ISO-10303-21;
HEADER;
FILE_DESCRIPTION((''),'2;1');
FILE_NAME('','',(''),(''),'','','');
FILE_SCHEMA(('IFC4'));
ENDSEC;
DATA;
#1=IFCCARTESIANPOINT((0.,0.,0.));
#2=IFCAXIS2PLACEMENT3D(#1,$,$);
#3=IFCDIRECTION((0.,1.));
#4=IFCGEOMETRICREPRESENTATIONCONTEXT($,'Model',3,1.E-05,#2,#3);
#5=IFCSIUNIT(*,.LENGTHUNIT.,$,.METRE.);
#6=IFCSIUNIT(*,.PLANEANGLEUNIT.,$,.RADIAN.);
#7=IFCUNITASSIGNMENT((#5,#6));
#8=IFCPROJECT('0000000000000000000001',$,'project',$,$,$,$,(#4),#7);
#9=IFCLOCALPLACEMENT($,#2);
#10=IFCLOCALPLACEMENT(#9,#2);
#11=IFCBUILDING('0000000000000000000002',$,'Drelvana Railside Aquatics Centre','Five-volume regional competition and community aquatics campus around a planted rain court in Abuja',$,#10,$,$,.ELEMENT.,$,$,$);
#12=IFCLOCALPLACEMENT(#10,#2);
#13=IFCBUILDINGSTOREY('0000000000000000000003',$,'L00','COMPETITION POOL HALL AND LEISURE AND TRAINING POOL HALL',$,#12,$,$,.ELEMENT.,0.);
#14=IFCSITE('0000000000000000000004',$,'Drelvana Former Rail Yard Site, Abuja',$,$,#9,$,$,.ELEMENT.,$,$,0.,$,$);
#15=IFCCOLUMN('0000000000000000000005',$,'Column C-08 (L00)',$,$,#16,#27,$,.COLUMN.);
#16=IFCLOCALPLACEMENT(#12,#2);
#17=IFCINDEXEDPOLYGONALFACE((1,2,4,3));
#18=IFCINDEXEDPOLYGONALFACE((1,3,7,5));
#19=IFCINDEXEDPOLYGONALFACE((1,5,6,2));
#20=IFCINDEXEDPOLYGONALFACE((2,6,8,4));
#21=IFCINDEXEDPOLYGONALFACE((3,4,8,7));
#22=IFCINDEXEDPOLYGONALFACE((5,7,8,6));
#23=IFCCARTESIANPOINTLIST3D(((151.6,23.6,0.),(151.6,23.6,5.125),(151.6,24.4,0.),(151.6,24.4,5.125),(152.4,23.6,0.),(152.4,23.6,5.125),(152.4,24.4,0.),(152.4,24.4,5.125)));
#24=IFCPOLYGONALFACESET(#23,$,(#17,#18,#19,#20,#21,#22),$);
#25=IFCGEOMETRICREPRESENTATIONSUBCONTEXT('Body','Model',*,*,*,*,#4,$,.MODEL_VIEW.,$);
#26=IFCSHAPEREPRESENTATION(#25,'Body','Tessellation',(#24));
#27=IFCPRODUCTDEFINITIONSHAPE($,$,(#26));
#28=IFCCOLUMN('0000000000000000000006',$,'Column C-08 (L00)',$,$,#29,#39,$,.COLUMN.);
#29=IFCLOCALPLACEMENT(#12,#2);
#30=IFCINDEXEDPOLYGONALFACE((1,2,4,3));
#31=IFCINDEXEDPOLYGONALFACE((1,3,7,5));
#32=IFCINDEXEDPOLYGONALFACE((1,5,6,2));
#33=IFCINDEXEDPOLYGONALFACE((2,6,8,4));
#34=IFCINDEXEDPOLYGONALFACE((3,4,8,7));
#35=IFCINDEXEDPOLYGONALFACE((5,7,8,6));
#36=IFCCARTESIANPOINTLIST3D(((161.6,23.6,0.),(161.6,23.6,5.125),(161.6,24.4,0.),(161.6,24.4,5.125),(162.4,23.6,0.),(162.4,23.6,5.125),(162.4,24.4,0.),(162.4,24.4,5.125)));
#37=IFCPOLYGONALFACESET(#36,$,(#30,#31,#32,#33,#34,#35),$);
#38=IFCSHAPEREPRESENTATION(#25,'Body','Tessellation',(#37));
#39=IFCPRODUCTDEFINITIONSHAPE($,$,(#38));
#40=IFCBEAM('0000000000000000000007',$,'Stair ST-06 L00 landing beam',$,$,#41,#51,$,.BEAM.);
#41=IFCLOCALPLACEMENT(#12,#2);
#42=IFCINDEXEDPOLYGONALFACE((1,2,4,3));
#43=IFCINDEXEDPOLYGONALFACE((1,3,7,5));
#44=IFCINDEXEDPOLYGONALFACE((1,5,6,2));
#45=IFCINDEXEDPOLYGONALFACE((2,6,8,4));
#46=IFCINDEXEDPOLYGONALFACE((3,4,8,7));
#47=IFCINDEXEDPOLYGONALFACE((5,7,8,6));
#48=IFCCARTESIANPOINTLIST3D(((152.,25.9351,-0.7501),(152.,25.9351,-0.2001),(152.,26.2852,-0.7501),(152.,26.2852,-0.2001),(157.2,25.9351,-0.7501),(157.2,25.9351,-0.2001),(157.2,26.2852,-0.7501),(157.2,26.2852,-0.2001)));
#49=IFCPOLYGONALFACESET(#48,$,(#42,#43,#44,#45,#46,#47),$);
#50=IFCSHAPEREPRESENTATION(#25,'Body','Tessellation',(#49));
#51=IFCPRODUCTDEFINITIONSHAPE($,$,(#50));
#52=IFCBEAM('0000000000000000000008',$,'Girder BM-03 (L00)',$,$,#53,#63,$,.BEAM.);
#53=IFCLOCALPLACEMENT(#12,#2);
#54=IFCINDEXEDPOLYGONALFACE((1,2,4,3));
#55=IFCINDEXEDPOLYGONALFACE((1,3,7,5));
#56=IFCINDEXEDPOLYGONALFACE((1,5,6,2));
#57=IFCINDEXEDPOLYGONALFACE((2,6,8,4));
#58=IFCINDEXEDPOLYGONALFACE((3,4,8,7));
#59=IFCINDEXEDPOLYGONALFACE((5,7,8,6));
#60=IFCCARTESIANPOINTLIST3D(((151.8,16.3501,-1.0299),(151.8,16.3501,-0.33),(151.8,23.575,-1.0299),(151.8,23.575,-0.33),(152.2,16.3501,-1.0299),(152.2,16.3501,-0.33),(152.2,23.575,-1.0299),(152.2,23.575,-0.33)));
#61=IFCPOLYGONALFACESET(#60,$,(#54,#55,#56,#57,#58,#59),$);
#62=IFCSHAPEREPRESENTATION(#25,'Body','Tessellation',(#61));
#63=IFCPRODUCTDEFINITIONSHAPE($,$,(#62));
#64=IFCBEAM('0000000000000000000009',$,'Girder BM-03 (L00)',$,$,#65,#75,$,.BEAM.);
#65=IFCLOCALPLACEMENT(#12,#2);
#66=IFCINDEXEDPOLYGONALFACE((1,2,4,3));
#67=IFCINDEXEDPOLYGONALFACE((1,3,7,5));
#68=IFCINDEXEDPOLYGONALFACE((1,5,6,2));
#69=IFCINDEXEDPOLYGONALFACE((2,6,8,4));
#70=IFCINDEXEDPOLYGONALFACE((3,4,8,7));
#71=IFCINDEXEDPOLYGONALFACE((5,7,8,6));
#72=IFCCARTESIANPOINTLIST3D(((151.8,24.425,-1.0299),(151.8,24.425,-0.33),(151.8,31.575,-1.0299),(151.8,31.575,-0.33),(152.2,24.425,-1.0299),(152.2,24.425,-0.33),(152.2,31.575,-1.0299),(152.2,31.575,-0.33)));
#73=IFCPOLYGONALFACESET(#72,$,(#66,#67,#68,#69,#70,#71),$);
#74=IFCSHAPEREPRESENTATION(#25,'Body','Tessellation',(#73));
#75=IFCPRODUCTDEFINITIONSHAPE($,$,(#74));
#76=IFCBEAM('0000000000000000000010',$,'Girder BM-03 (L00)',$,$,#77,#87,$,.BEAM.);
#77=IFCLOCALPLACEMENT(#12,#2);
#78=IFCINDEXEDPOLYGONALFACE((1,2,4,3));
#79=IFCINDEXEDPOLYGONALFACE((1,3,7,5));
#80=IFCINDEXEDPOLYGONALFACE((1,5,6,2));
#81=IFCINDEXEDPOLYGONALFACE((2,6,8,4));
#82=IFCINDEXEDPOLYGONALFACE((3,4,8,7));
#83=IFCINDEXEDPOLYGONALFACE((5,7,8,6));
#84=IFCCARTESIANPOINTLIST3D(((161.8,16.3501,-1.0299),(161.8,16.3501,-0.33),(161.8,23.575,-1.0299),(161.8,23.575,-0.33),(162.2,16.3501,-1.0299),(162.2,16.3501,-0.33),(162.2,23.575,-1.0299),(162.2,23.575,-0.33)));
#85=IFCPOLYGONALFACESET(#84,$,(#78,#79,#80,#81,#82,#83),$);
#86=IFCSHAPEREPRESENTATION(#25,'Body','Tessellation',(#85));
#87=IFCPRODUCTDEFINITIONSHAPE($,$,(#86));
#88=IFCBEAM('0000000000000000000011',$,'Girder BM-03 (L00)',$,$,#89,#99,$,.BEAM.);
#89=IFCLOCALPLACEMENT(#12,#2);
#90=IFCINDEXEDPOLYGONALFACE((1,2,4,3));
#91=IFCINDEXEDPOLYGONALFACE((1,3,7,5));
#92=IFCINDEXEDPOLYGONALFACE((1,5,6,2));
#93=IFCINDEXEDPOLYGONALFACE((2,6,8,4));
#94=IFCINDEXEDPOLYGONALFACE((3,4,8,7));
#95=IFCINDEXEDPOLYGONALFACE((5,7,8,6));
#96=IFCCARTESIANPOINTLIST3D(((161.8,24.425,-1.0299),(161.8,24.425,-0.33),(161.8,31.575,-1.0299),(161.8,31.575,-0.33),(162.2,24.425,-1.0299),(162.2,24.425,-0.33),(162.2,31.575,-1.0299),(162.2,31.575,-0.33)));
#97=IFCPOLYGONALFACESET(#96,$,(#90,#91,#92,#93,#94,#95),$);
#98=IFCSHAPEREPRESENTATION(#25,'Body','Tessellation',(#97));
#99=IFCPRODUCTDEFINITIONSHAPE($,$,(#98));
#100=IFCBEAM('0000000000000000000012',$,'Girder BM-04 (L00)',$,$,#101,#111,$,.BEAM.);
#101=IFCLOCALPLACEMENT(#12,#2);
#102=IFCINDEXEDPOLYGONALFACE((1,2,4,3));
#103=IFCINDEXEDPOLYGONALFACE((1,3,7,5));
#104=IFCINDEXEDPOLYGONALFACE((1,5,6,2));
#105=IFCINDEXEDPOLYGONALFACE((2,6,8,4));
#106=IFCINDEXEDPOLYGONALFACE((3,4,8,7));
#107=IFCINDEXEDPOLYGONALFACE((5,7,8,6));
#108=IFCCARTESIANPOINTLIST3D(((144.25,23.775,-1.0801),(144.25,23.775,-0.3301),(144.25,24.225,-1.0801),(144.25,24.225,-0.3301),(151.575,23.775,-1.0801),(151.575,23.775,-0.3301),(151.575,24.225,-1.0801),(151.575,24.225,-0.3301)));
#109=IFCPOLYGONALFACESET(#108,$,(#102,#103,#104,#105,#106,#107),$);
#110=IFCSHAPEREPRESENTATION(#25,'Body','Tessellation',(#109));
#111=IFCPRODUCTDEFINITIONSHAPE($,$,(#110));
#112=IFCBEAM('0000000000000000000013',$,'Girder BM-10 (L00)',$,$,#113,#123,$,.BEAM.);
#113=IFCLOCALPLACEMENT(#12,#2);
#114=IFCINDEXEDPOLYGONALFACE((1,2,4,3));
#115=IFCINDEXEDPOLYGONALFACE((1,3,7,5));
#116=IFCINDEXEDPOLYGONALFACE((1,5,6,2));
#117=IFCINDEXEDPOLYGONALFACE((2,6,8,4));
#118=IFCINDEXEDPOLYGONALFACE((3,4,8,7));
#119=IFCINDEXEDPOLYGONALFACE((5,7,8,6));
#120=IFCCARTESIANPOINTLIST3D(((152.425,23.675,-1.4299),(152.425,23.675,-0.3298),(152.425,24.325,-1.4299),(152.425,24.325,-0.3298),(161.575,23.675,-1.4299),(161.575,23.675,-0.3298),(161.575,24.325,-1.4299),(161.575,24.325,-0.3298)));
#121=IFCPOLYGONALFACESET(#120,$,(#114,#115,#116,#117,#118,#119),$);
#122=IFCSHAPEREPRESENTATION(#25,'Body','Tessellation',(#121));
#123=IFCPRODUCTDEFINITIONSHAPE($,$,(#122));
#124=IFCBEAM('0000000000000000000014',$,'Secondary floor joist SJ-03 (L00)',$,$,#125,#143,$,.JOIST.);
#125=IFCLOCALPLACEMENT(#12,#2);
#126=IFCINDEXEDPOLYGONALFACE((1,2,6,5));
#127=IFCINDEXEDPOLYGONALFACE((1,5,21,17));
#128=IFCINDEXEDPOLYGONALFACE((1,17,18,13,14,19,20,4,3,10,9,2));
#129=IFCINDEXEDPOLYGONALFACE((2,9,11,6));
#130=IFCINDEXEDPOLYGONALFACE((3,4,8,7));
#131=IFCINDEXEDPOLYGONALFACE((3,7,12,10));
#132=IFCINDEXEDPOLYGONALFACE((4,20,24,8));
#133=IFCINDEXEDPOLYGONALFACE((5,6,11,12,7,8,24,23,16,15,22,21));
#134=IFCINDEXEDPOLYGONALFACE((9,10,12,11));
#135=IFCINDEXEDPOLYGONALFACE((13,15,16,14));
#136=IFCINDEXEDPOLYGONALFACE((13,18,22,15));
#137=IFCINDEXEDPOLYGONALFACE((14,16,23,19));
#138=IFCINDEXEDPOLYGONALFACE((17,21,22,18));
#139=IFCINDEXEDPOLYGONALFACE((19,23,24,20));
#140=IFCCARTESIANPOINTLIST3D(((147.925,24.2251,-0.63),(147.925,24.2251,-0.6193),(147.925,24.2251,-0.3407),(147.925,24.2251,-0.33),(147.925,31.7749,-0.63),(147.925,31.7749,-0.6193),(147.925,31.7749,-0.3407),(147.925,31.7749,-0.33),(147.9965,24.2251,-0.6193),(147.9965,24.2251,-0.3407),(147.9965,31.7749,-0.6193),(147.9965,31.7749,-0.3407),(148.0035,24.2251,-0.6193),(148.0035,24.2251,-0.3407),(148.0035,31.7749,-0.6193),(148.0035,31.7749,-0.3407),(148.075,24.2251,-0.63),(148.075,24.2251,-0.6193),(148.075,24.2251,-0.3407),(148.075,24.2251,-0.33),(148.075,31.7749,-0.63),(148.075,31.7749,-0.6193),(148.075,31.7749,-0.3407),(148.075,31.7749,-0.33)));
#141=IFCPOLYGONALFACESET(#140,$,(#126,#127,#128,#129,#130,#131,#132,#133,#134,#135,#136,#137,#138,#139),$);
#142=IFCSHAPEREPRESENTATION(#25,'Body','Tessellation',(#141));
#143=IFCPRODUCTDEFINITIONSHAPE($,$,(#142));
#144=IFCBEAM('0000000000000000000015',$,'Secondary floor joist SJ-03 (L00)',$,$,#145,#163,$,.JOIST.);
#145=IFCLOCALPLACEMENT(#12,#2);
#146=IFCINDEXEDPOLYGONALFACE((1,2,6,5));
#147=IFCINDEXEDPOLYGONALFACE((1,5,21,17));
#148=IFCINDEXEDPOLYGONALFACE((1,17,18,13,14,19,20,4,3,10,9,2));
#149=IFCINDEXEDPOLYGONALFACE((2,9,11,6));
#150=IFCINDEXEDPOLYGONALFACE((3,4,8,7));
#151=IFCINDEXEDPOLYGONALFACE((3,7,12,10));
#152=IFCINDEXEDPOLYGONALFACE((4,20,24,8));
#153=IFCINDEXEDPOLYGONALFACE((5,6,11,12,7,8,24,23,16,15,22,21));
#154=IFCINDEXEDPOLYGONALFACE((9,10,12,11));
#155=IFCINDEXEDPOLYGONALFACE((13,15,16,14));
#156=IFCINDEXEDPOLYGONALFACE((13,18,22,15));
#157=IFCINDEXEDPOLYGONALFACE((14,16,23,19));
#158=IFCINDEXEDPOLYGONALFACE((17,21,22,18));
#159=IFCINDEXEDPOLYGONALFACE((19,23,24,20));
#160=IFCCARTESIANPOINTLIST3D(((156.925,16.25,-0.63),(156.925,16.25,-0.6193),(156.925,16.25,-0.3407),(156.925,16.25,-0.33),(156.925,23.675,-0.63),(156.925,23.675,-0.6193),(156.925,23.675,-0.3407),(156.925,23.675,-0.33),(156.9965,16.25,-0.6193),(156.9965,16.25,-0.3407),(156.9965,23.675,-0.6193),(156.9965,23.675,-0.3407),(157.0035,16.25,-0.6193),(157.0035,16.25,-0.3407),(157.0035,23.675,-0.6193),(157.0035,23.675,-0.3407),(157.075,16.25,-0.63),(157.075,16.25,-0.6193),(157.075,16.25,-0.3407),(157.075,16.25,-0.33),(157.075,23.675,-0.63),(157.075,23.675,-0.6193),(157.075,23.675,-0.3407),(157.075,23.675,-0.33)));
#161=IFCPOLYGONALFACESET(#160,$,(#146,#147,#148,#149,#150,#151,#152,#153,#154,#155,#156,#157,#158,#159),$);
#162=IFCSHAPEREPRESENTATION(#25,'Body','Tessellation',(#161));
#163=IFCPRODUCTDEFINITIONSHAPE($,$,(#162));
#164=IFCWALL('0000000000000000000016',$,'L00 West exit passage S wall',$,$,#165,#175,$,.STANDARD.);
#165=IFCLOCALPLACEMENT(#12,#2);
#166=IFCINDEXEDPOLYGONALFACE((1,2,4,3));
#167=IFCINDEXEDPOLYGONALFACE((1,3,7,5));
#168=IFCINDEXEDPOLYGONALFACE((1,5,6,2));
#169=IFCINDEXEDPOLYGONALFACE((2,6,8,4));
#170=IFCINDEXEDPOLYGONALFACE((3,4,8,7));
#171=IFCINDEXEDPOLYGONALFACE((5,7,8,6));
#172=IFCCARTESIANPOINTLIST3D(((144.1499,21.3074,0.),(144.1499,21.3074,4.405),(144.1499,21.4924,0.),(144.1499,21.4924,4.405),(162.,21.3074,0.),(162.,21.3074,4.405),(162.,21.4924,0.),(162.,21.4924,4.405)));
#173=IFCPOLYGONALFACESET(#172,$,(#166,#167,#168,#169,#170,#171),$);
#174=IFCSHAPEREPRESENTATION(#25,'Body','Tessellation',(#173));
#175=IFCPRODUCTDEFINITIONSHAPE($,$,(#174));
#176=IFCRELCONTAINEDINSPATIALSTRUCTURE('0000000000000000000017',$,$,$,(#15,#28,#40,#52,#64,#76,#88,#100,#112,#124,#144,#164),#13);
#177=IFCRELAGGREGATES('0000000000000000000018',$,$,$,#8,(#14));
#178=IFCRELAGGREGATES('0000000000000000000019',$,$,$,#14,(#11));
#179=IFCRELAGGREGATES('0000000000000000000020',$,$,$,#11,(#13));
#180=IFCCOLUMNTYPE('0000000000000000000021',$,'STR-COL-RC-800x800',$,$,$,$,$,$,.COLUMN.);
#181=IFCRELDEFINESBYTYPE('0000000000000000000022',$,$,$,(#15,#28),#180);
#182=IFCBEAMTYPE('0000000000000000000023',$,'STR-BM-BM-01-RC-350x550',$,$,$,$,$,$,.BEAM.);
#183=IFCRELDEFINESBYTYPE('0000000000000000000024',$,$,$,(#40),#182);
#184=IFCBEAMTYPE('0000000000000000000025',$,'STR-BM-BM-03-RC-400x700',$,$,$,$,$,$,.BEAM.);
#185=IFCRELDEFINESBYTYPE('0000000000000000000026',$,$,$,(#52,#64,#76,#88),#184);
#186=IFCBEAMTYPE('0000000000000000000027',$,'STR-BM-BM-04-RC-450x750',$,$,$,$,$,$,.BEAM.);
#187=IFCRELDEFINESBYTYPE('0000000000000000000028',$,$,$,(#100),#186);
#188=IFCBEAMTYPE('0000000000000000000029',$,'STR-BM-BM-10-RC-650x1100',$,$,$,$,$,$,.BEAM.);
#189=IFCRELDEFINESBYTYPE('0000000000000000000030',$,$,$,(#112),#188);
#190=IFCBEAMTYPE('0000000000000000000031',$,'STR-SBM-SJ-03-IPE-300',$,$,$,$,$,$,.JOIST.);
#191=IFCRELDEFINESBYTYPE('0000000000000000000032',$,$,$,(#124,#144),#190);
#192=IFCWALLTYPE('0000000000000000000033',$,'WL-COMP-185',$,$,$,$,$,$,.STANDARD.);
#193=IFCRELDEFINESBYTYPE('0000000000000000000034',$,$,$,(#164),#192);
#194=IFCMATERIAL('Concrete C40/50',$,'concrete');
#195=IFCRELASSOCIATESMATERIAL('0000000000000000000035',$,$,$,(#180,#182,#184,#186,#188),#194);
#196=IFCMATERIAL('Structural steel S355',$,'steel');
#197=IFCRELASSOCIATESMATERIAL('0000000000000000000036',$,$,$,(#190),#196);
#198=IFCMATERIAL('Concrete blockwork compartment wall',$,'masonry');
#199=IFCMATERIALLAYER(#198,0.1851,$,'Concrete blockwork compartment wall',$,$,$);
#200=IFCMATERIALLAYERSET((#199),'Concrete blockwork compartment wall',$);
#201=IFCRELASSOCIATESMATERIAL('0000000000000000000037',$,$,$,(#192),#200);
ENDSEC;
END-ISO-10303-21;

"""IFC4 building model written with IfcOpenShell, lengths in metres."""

from ifc_helpers import new_model, si_unit, direction, frame, frame_2d, origin, origin_2d, place, context, subcontext, project, spatial, rectangle, i_section, extrude, material, layer, layer_set, material_profile, profile_set, type_object, element, save


model = new_model("IFC4")

# Units and contexts
model_context = context("Model", 3, precision=1e-05, world=origin(), true_north=direction((0.0, 1.0)))
body_context = subcontext(model_context, "Body", "Model", "MODEL_VIEW")
ifc_project = project(units=[si_unit("LENGTHUNIT", "METRE"), si_unit("PLANEANGLEUNIT", "RADIAN")], contexts=[model_context])

# Site, building, storey
site_placement = place(None, origin())
site = spatial("IfcSite", under=ifc_project, at=site_placement, Name="Drelvana Former Rail Yard Site, Abuja", CompositionType="ELEMENT", RefElevation=0.0)
building_placement = place(site_placement, origin())
building = spatial("IfcBuilding", under=site, at=building_placement, Name="Drelvana Railside Aquatics Centre", Description="Five-volume regional competition and community aquatics campus around a planted rain court in Abuja", CompositionType="ELEMENT")
storey_placement = place(building_placement, origin())
storey = spatial("IfcBuildingStorey", under=building, at=storey_placement, Name="L00", Description="COMPETITION POOL HALL AND LEISURE AND TRAINING POOL HALL", CompositionType="ELEMENT", Elevation=0.0)

# Columns
ifc_material_1 = material(Name="Concrete C40/50", Category="concrete")
ifc_material_profile_1 = material_profile(ifc_material_1, rectangle(XDim=0.8, YDim=0.8, at=origin_2d()), Name="RC 800x800")
ifc_profile_set_1 = profile_set([ifc_material_profile_1], Name="Concrete C40/50")
column_type = type_object("IfcColumnType", Name="STR-COL-RC-800x800", PredefinedType="COLUMN", material=ifc_profile_set_1)
for number, where, z_axis, x_axis, name in (
    (1, (152.0, 24.0, 0.0), (0.0, 0.0, 1.0), (1.0, 0.0, 0.0), "Column C-08 (L00)"),
    (2, (162.0, 24.0, 0.0), (0.0, 0.0, 1.0), (1.0, 0.0, 0.0), "Column C-08 (L00)"),
):
    element("IfcColumn", number, at=place(storey_placement, frame(where, z_axis=z_axis, x_axis=x_axis)), inside=storey, type_object=column_type, Name=name, PredefinedType="COLUMN", context=body_context, shape_type="SweptSolid", body=[
        extrude(rectangle(XDim=0.8, YDim=0.8, at=origin_2d()), origin(), (0.0, 0.0, 1.0), 5.125),
    ])

# Beams
ifc_material_profile_2 = material_profile(ifc_material_1, rectangle(XDim=0.3501, YDim=0.55, at=origin_2d()), Name="RC 350x550")
ifc_profile_set_2 = profile_set([ifc_material_profile_2], Name="Concrete C40/50")
beam_type_1 = type_object("IfcBeamType", Name="STR-BM-BM-01-RC-350x550", PredefinedType="BEAM", material=ifc_profile_set_2)
beam_1_placement = place(storey_placement, frame((152.0, 26.1101, -0.4751), z_axis=(1.0, 0.0, 0.0), x_axis=(0.0, 1.0, 0.0)))
element("IfcBeam", 3, at=beam_1_placement, inside=storey, type_object=beam_type_1, Name="Stair ST-06 L00 landing beam", PredefinedType="BEAM", context=body_context, shape_type="SweptSolid", body=[
    extrude(rectangle(XDim=0.3501, YDim=0.55, at=origin_2d()), origin(), (0.0, 0.0, 1.0), 5.2),
])
ifc_material_profile_3 = material_profile(ifc_material_1, rectangle(XDim=0.3999, YDim=0.7, at=origin_2d()), Name="RC 400x700")
ifc_profile_set_3 = profile_set([ifc_material_profile_3], Name="Concrete C40/50")
beam_type_2 = type_object("IfcBeamType", Name="STR-BM-BM-03-RC-400x700", PredefinedType="BEAM", material=ifc_profile_set_3)
beam_2_placement = place(storey_placement, frame((152.0, 16.3501, -0.6799), z_axis=(0.0, 1.0, 0.0), x_axis=(-1.0, 0.0, 0.0)))
element("IfcBeam", 4, at=beam_2_placement, inside=storey, type_object=beam_type_2, Name="Girder BM-03 (L00)", PredefinedType="BEAM", context=body_context, shape_type="SweptSolid", body=[
    extrude(rectangle(XDim=0.3999, YDim=0.7, at=origin_2d()), origin(), (0.0, 0.0, 1.0), 7.2249),
])
beam_3_placement = place(storey_placement, frame((152.0, 24.425, -0.6799), z_axis=(0.0, 1.0, 0.0), x_axis=(-1.0, 0.0, 0.0)))
element("IfcBeam", 5, at=beam_3_placement, inside=storey, type_object=beam_type_2, Name="Girder BM-03 (L00)", PredefinedType="BEAM", context=body_context, shape_type="SweptSolid", body=[
    extrude(rectangle(XDim=0.3999, YDim=0.7, at=origin_2d()), origin(), (0.0, 0.0, 1.0), 7.1499),
])
beam_4_placement = place(storey_placement, frame((162.0, 16.3501, -0.6799), z_axis=(0.0, 1.0, 0.0), x_axis=(-1.0, 0.0, 0.0)))
element("IfcBeam", 6, at=beam_4_placement, inside=storey, type_object=beam_type_2, Name="Girder BM-03 (L00)", PredefinedType="BEAM", context=body_context, shape_type="SweptSolid", body=[
    extrude(rectangle(XDim=0.3999, YDim=0.7, at=origin_2d()), origin(), (0.0, 0.0, 1.0), 7.2249),
])
beam_5_placement = place(storey_placement, frame((162.0, 24.425, -0.6799), z_axis=(0.0, 1.0, 0.0), x_axis=(-1.0, 0.0, 0.0)))
element("IfcBeam", 7, at=beam_5_placement, inside=storey, type_object=beam_type_2, Name="Girder BM-03 (L00)", PredefinedType="BEAM", context=body_context, shape_type="SweptSolid", body=[
    extrude(rectangle(XDim=0.3999, YDim=0.7, at=origin_2d()), origin(), (0.0, 0.0, 1.0), 7.1499),
])
ifc_material_profile_4 = material_profile(ifc_material_1, rectangle(XDim=0.45, YDim=0.75, at=origin_2d()), Name="RC 450x750")
ifc_profile_set_4 = profile_set([ifc_material_profile_4], Name="Concrete C40/50")
beam_type_3 = type_object("IfcBeamType", Name="STR-BM-BM-04-RC-450x750", PredefinedType="BEAM", material=ifc_profile_set_4)
beam_6_placement = place(storey_placement, frame((144.25, 24.0, -0.7051), z_axis=(1.0, 0.0, 0.0), x_axis=(0.0, 1.0, 0.0)))
element("IfcBeam", 8, at=beam_6_placement, inside=storey, type_object=beam_type_3, Name="Girder BM-04 (L00)", PredefinedType="BEAM", context=body_context, shape_type="SweptSolid", body=[
    extrude(rectangle(XDim=0.45, YDim=0.75, at=origin_2d()), origin(), (0.0, 0.0, 1.0), 7.325),
])
ifc_material_profile_5 = material_profile(ifc_material_1, rectangle(XDim=0.6499, YDim=1.1001, at=origin_2d()), Name="RC 650x1100")
ifc_profile_set_5 = profile_set([ifc_material_profile_5], Name="Concrete C40/50")
beam_type_4 = type_object("IfcBeamType", Name="STR-BM-BM-10-RC-650x1100", PredefinedType="BEAM", material=ifc_profile_set_5)
beam_7_placement = place(storey_placement, frame((152.425, 24.0, -0.8799), z_axis=(1.0, 0.0, 0.0), x_axis=(0.0, 1.0, 0.0)))
element("IfcBeam", 9, at=beam_7_placement, inside=storey, type_object=beam_type_4, Name="Girder BM-10 (L00)", PredefinedType="BEAM", context=body_context, shape_type="SweptSolid", body=[
    extrude(rectangle(XDim=0.6499, YDim=1.1001, at=origin_2d()), origin(), (0.0, 0.0, 1.0), 9.1499),
])
ifc_material_2 = material(Name="Structural steel S355", Category="steel")
ifc_material_profile_6 = material_profile(ifc_material_2, i_section(OverallWidth=0.1499, OverallDepth=0.3, WebThickness=0.0071, FlangeThickness=0.0107, at=origin_2d()), Name="IPE 300")
ifc_profile_set_6 = profile_set([ifc_material_profile_6], Name="Structural steel S355")
beam_type_5 = type_object("IfcBeamType", Name="STR-SBM-SJ-03-IPE-300", PredefinedType="JOIST", material=ifc_profile_set_6)
beam_8_placement = place(storey_placement, frame((148.0, 24.2251, -0.48), z_axis=(0.0, 1.0, 0.0), x_axis=(-1.0, 0.0, 0.0)))
element("IfcBeam", 10, at=beam_8_placement, inside=storey, type_object=beam_type_5, Name="Secondary floor joist SJ-03 (L00)", PredefinedType="JOIST", context=body_context, shape_type="SweptSolid", body=[
    extrude(i_section(OverallWidth=0.1499, OverallDepth=0.3, WebThickness=0.0071, FlangeThickness=0.0107, at=origin_2d()), origin(), (0.0, 0.0, 1.0), 7.5498),
])
beam_9_placement = place(storey_placement, frame((157.0, 16.25, -0.48), z_axis=(0.0, 1.0, 0.0), x_axis=(-1.0, 0.0, 0.0)))
element("IfcBeam", 11, at=beam_9_placement, inside=storey, type_object=beam_type_5, Name="Secondary floor joist SJ-03 (L00)", PredefinedType="JOIST", context=body_context, shape_type="SweptSolid", body=[
    extrude(i_section(OverallWidth=0.1499, OverallDepth=0.3, WebThickness=0.0071, FlangeThickness=0.0107, at=origin_2d()), origin(), (0.0, 0.0, 1.0), 7.425),
])

# Wall
ifc_material_3 = material(Name="Concrete blockwork compartment wall", Category="masonry")
ifc_layer_1 = layer(ifc_material_3, 0.1851, Name="Concrete blockwork compartment wall")
ifc_layer_set_1 = layer_set([ifc_layer_1], Name="Concrete blockwork compartment wall")
wall_type_1 = type_object("IfcWallType", Name="WL-COMP-185", PredefinedType="STANDARD", material=ifc_layer_set_1)
wall_1_placement = place(storey_placement, frame((144.1499, 21.3999, 0.0), z_axis=(0.0, 0.0, 1.0), x_axis=(1.0, 0.0, 0.0)))
element("IfcWall", 12, at=wall_1_placement, inside=storey, type_object=wall_type_1, Name="L00 West exit passage S wall", PredefinedType="STANDARD", context=body_context, shape_type="SweptSolid", body=[
    extrude(rectangle(XDim=17.8501, YDim=0.1851, at=frame_2d((8.925, 0.0))), origin(), (0.0, 0.0, 1.0), 4.405),
])

save(model, "model.ifc")
